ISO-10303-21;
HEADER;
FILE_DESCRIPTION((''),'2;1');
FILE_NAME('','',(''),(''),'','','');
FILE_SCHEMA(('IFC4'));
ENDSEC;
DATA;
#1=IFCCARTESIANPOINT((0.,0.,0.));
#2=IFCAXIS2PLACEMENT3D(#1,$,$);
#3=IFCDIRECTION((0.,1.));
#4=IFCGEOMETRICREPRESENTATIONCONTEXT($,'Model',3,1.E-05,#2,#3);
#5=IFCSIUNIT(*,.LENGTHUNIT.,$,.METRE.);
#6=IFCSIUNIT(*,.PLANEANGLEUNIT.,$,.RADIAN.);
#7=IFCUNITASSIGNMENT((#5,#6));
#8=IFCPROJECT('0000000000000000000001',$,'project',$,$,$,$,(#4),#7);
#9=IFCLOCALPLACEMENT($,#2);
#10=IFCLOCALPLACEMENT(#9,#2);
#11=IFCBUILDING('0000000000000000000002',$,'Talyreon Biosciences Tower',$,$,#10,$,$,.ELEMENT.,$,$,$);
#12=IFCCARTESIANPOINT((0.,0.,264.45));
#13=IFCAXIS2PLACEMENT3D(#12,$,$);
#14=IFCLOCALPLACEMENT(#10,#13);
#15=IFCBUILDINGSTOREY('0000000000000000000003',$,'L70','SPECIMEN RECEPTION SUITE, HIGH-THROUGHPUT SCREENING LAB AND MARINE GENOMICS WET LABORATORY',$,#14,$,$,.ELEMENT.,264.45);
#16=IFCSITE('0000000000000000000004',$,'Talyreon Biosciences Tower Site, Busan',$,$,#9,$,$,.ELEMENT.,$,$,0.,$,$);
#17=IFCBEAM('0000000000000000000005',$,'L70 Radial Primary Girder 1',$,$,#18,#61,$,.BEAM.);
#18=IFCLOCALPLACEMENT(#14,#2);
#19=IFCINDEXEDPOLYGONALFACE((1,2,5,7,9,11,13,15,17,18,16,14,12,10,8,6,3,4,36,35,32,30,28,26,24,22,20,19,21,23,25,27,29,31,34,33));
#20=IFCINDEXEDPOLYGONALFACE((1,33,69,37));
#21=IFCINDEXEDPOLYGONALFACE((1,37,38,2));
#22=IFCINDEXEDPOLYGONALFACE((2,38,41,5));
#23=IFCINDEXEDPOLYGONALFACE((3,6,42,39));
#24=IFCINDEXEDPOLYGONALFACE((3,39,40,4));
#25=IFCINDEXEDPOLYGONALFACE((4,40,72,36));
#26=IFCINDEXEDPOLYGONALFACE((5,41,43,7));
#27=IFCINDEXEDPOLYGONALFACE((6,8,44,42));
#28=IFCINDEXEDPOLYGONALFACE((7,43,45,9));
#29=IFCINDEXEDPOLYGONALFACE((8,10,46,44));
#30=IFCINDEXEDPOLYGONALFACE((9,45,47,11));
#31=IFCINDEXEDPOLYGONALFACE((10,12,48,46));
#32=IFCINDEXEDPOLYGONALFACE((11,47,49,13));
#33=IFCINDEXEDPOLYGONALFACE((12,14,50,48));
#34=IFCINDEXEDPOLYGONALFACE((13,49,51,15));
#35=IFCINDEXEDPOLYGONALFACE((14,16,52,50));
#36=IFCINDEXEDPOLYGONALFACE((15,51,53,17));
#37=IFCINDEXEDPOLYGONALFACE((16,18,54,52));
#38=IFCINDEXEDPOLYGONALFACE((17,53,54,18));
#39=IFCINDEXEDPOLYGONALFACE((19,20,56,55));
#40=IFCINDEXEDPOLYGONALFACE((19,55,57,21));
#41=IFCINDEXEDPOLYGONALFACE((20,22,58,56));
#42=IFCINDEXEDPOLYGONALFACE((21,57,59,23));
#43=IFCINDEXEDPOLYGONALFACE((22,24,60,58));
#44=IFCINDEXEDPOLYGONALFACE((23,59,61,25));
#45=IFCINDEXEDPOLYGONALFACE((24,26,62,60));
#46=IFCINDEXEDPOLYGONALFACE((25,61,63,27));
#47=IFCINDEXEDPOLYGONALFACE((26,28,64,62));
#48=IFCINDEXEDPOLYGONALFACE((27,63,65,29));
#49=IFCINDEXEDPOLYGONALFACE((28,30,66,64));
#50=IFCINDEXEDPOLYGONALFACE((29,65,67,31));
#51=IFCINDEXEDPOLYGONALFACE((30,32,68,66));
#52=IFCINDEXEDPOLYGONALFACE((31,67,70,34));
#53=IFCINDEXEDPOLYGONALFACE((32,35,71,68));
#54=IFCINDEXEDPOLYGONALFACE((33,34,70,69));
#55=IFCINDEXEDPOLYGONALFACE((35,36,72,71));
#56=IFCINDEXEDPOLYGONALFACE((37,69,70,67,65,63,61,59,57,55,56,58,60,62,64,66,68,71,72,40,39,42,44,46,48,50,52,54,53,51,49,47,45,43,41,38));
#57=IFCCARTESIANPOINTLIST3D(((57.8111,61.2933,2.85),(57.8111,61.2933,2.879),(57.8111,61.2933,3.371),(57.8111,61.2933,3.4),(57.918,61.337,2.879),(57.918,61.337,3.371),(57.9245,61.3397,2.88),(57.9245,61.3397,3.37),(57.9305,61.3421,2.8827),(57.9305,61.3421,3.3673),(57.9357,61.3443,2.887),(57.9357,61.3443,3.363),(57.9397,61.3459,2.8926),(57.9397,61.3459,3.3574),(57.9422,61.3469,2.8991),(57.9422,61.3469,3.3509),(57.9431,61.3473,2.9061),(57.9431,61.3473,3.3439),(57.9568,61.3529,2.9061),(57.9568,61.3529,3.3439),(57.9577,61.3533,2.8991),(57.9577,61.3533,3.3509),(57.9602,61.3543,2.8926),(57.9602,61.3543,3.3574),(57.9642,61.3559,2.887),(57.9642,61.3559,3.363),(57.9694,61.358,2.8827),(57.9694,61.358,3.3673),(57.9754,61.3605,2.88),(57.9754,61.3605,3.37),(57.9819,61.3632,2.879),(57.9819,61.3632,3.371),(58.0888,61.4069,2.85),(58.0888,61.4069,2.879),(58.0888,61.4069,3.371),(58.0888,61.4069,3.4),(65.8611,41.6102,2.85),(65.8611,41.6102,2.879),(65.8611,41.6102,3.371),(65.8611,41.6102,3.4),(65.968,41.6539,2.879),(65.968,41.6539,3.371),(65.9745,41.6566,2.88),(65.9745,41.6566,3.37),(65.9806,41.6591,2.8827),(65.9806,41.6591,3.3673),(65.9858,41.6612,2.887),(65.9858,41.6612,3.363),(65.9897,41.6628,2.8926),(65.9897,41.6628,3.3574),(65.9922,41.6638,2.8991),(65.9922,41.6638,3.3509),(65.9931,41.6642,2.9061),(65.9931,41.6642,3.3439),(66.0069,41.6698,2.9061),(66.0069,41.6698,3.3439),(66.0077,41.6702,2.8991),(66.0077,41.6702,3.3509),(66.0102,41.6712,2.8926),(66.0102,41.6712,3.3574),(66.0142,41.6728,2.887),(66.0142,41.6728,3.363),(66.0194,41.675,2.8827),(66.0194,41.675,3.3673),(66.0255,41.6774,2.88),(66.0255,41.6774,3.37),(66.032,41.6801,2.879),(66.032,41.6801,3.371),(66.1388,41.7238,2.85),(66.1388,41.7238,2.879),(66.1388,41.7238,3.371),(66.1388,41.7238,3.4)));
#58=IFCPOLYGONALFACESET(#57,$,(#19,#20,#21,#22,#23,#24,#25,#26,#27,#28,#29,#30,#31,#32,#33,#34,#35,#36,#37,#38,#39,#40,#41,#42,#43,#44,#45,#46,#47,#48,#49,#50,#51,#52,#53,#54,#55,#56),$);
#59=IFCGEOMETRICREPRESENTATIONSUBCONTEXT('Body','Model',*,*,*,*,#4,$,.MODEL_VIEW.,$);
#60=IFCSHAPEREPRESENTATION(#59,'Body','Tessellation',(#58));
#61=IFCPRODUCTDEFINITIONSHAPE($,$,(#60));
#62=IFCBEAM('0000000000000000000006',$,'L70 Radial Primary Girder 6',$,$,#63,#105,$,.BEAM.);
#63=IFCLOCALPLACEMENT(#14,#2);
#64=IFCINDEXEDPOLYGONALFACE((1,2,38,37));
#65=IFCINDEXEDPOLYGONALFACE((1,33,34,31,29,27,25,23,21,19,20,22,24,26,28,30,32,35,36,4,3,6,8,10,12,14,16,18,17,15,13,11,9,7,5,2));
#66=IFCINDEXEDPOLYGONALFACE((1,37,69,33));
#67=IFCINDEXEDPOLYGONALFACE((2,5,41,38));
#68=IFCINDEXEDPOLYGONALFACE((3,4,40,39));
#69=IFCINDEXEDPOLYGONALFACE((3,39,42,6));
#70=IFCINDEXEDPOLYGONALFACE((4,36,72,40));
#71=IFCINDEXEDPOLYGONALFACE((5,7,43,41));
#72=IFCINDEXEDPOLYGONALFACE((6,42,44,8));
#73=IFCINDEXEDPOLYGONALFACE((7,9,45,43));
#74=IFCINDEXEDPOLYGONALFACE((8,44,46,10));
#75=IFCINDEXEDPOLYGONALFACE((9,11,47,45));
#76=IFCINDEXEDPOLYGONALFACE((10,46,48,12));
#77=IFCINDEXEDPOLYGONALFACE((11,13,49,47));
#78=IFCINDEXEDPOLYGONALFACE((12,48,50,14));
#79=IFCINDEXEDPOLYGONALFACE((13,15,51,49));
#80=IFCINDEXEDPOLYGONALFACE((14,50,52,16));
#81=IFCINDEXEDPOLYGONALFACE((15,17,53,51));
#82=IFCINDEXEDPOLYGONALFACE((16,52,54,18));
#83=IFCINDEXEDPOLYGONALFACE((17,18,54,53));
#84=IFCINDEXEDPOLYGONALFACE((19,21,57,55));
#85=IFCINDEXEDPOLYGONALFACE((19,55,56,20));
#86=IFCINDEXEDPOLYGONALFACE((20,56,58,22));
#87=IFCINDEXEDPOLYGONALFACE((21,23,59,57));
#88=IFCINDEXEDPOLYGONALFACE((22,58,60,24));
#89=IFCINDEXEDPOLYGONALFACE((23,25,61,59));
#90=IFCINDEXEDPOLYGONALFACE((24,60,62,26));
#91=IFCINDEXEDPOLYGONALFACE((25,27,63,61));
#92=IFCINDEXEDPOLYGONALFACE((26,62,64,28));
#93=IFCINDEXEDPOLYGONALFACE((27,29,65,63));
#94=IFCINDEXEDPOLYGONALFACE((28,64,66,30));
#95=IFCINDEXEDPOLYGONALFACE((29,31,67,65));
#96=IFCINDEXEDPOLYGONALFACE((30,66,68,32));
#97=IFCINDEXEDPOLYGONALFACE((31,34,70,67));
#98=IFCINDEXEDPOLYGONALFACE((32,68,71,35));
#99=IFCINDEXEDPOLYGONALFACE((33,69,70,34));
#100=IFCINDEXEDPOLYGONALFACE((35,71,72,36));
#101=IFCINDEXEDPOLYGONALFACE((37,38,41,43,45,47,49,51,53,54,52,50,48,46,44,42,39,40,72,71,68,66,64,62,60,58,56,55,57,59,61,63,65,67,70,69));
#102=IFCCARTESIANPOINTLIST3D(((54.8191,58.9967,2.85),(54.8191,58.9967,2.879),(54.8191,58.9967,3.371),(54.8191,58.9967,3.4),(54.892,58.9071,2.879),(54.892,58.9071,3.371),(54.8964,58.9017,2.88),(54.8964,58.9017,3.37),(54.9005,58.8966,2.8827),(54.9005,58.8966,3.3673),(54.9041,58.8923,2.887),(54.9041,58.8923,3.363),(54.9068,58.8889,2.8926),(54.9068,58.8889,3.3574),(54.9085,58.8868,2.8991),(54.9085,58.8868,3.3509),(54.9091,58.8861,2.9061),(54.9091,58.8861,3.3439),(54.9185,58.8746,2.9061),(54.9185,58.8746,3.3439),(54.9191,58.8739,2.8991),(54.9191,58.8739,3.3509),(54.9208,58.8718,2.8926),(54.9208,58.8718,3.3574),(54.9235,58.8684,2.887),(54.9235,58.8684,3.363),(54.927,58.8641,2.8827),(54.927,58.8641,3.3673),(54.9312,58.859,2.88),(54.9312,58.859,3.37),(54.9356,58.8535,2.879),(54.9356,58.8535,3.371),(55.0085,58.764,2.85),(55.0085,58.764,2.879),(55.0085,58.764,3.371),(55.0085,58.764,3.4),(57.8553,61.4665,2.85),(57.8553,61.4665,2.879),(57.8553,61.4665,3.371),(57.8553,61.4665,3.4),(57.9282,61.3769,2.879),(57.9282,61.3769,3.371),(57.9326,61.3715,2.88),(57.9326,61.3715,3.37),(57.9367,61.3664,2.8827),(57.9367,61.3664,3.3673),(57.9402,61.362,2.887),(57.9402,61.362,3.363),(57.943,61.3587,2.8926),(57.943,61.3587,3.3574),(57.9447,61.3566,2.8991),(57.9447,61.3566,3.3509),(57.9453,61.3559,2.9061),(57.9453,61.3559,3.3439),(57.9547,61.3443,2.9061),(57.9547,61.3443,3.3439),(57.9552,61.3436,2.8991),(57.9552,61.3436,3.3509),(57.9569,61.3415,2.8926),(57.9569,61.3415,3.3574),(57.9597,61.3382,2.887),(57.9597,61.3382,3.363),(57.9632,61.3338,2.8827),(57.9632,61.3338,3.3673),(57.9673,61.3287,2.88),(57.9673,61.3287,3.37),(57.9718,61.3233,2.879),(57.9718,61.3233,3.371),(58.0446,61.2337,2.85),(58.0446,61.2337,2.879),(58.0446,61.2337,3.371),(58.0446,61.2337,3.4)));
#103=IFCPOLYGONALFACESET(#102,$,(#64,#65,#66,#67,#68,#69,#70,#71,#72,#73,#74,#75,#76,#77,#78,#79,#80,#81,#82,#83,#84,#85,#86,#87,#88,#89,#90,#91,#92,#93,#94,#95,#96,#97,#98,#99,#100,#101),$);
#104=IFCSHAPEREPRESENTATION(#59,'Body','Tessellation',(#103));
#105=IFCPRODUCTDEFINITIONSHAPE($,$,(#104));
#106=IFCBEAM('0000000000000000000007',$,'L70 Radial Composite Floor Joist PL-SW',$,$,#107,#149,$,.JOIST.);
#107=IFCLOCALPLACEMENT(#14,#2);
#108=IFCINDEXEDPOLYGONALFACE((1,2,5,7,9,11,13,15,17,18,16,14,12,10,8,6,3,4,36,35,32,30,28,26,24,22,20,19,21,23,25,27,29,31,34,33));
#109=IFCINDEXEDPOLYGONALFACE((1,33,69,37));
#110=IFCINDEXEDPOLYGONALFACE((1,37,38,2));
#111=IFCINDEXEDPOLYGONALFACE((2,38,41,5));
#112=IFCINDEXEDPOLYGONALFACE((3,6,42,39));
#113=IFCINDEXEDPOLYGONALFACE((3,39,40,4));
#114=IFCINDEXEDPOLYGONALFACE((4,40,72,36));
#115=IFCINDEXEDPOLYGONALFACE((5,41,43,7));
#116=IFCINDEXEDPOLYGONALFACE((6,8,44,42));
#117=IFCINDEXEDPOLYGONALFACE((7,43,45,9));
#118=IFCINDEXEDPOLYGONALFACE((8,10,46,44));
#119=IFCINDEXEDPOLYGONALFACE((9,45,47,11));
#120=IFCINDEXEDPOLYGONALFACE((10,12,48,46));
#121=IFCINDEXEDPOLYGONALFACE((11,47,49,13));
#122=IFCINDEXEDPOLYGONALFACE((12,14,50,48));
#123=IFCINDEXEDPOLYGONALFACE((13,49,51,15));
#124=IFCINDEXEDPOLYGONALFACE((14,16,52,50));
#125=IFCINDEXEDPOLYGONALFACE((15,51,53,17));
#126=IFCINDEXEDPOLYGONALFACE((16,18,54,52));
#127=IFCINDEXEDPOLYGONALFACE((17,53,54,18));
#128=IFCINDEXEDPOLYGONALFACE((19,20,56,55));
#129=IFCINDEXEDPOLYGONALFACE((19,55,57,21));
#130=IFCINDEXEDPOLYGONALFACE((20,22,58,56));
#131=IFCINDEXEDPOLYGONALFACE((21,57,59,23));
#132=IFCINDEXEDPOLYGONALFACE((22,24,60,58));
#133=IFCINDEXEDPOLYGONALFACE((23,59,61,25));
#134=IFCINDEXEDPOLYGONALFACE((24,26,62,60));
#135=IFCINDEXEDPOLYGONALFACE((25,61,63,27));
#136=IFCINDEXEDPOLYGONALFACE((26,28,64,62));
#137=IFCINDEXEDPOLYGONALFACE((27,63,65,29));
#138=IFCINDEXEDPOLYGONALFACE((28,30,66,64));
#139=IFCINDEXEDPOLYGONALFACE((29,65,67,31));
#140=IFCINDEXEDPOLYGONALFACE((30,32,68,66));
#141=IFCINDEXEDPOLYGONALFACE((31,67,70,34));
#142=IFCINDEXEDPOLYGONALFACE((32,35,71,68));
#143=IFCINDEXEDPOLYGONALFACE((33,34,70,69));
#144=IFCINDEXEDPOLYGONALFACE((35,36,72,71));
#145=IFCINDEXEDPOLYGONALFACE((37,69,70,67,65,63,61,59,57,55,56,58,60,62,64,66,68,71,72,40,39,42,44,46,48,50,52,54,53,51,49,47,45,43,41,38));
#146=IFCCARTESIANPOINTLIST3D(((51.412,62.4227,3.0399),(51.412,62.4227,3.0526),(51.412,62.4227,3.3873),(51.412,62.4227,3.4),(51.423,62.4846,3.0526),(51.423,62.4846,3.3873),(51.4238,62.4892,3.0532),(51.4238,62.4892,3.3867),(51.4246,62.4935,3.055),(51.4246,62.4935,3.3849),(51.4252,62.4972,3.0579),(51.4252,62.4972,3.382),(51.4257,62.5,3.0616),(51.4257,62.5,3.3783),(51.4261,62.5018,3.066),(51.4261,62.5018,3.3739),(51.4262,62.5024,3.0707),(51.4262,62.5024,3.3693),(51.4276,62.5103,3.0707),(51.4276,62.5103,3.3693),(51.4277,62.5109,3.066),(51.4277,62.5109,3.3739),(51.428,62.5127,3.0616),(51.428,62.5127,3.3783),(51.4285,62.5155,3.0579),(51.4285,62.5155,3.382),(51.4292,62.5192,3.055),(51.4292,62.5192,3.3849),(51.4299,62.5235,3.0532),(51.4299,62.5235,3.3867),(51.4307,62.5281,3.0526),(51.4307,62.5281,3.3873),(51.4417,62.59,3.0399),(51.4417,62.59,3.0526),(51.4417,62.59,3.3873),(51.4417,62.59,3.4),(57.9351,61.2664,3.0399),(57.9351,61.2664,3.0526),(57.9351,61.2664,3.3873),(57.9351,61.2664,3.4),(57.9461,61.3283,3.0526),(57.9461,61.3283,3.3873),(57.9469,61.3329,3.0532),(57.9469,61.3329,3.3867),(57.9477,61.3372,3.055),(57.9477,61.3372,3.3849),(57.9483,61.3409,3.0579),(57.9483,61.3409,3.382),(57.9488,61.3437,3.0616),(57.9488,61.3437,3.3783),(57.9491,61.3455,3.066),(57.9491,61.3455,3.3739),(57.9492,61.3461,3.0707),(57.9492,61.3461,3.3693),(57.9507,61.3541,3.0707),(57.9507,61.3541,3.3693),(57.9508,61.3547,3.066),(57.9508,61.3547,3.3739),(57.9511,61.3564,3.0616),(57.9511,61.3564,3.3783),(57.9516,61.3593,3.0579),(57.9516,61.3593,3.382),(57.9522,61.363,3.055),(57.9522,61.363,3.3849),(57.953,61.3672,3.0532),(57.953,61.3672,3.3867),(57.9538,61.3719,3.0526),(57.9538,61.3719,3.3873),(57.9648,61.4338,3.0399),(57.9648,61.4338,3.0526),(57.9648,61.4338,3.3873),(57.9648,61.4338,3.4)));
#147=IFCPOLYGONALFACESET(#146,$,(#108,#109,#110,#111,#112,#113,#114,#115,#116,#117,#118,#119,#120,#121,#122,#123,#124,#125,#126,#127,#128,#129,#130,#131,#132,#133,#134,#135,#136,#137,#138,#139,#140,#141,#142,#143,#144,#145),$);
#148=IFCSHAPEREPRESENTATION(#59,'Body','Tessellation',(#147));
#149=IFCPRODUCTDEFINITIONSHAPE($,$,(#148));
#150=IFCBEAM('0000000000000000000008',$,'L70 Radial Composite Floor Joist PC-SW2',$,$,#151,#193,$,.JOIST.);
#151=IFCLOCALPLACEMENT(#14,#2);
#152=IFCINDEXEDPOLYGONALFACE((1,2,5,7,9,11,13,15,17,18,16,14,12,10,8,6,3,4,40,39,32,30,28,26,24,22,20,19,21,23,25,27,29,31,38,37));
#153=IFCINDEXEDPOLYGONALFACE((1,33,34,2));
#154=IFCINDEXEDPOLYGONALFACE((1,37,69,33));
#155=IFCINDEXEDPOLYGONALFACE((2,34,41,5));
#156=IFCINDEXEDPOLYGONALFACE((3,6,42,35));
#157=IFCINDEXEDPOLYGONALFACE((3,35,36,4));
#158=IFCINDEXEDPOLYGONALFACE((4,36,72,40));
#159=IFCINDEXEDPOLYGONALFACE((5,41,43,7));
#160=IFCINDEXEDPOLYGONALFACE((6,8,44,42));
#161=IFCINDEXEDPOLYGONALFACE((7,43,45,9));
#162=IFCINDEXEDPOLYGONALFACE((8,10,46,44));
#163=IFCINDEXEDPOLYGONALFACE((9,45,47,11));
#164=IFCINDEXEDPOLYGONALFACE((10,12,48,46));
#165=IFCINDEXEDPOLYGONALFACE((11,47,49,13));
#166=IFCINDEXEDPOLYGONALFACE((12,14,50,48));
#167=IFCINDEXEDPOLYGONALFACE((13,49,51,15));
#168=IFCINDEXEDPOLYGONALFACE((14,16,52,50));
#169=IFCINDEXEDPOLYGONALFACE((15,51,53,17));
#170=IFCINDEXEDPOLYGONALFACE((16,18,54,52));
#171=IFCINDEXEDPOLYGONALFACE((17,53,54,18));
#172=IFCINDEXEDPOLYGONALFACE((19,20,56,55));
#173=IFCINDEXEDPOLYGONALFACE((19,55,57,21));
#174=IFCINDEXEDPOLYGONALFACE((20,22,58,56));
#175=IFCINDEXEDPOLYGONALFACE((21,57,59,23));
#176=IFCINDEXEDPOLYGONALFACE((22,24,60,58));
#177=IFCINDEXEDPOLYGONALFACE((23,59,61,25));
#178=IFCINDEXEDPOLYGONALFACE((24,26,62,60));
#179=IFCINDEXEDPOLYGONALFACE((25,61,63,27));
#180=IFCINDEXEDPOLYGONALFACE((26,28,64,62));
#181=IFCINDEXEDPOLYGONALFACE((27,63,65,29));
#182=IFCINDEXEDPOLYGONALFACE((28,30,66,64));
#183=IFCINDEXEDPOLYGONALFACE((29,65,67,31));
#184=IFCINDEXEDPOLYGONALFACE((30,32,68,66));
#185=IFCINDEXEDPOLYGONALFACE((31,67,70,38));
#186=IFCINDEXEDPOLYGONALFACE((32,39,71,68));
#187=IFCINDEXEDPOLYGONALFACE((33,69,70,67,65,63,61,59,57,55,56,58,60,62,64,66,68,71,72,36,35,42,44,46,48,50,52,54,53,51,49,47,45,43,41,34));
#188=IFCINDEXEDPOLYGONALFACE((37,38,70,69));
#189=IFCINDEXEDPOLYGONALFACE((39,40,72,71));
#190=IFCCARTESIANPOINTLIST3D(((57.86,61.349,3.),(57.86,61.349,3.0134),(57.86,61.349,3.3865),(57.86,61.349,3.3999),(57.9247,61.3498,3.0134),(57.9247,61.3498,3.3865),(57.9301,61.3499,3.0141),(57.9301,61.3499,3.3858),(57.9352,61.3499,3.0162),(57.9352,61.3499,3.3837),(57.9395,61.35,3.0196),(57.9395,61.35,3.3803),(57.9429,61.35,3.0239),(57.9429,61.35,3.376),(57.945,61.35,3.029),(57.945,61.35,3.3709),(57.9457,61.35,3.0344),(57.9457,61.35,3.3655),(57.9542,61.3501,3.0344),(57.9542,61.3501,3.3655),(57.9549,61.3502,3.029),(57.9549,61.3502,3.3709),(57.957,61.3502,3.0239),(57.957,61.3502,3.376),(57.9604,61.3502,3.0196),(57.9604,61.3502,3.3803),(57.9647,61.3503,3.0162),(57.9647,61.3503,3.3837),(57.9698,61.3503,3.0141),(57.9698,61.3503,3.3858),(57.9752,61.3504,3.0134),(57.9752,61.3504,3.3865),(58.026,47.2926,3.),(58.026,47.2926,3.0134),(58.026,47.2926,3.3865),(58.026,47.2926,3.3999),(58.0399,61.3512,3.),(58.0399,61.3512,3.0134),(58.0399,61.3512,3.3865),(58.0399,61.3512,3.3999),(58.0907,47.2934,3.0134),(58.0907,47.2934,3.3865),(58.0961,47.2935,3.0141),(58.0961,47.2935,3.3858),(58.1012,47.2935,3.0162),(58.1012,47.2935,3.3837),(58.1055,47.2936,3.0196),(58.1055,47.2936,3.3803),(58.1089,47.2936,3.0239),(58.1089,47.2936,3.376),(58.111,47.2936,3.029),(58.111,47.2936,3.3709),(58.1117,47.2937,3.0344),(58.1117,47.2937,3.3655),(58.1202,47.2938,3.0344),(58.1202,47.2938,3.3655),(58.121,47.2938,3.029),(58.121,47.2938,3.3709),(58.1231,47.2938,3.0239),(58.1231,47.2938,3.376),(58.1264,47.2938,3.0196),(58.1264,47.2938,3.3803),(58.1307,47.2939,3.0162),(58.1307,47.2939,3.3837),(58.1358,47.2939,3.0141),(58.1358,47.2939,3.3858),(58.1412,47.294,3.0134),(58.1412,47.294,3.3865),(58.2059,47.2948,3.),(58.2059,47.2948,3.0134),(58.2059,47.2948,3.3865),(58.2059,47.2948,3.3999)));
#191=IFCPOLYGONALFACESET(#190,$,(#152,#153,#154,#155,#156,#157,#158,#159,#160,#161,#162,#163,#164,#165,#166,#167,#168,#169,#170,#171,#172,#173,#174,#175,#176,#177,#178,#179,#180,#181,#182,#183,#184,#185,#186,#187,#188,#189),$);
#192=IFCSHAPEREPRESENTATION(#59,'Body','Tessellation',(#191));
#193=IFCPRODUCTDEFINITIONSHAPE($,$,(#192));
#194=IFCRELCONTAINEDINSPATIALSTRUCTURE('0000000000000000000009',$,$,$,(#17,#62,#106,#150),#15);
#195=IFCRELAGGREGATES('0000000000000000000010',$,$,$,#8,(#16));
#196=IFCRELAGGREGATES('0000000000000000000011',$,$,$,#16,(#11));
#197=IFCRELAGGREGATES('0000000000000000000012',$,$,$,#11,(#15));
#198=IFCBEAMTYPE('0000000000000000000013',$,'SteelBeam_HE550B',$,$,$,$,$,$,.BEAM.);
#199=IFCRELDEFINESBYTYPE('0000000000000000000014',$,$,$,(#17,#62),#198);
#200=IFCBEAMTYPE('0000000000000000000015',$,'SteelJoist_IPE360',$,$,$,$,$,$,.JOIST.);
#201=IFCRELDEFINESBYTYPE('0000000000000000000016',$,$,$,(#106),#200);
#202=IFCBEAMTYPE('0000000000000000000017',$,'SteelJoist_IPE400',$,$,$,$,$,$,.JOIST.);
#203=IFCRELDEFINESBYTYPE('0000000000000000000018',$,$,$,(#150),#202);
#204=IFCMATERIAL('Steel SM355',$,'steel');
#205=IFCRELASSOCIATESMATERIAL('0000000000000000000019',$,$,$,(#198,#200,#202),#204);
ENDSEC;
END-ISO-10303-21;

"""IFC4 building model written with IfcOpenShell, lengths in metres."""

from ifc_helpers import new_model, si_unit, direction, frame, origin, origin_2d, place, context, subcontext, project, spatial, i_section, extrude, material, material_profile, profile_set, type_object, element, save


model = new_model("IFC4")

# Units and contexts
model_context = context("Model", 3, precision=1e-05, world=origin(), true_north=direction((0.0, 1.0)))
body_context = subcontext(model_context, "Body", "Model", "MODEL_VIEW")
ifc_project = project(units=[si_unit("LENGTHUNIT", "METRE"), si_unit("PLANEANGLEUNIT", "RADIAN")], contexts=[model_context])

# Site, building, storey
site_placement = place(None, origin())
site = spatial("IfcSite", under=ifc_project, at=site_placement, Name="Talyreon Biosciences Tower Site, Busan", CompositionType="ELEMENT", RefElevation=0.0)
building_placement = place(site_placement, origin())
building = spatial("IfcBuilding", under=site, at=building_placement, Name="Talyreon Biosciences Tower", CompositionType="ELEMENT")
storey_placement = place(building_placement, frame((0.0, 0.0, 264.45)))
storey = spatial("IfcBuildingStorey", under=building, at=storey_placement, Name="L70", Description="SPECIMEN RECEPTION SUITE, HIGH-THROUGHPUT SCREENING LAB AND MARINE GENOMICS WET LABORATORY", CompositionType="ELEMENT", Elevation=264.45)

# Beams
ifc_material_1 = material(Name="Steel SM355", Category="steel")
ifc_material_profile_1 = material_profile(ifc_material_1, i_section(OverallWidth=0.3, OverallDepth=0.55, WebThickness=0.0149, FlangeThickness=0.0291, FilletRadius=0.0271, at=origin_2d()), Name="HE550B")
ifc_profile_set_1 = profile_set([ifc_material_profile_1], Name="Steel SM355")
beam_type_1 = type_object("IfcBeamType", Name="SteelBeam_HE550B", PredefinedType="BEAM", material=ifc_profile_set_1)
beam_1_placement = place(storey_placement, frame((57.95, 61.3501, 3.125), z_axis=(0.378547, -0.925582, 0.0), x_axis=(0.925582, 0.378547, 0.0)))
element("IfcBeam", 1, at=beam_1_placement, inside=storey, type_object=beam_type_1, Name="L70 Radial Primary Girder 1", PredefinedType="BEAM", context=body_context, shape_type="SweptSolid", body=[
    extrude(i_section(OverallWidth=0.3, OverallDepth=0.55, WebThickness=0.0149, FlangeThickness=0.0291, FilletRadius=0.0271, at=origin_2d()), origin(), (0.0, 0.0, 1.0), 21.2656),
])
beam_2_placement = place(storey_placement, frame((57.95, 61.3501, 3.125), z_axis=(-0.775755, -0.631034, 0.0), x_axis=(0.631034, -0.775755, 0.0)))
element("IfcBeam", 2, at=beam_2_placement, inside=storey, type_object=beam_type_1, Name="L70 Radial Primary Girder 6", PredefinedType="BEAM", context=body_context, shape_type="SweptSolid", body=[
    extrude(i_section(OverallWidth=0.3, OverallDepth=0.55, WebThickness=0.0149, FlangeThickness=0.0291, FilletRadius=0.0271, at=origin_2d()), origin(), (0.0, 0.0, 1.0), 3.9138),
])
ifc_material_profile_2 = material_profile(ifc_material_1, i_section(OverallWidth=0.1699, OverallDepth=0.3601, WebThickness=0.0081, FlangeThickness=0.0127, FilletRadius=0.0181, at=origin_2d()), Name="IPE360")
ifc_profile_set_2 = profile_set([ifc_material_profile_2], Name="Steel SM355")
beam_type_2 = type_object("IfcBeamType", Name="SteelJoist_IPE360", PredefinedType="JOIST", material=ifc_profile_set_2)
beam_3_placement = place(storey_placement, frame((57.95, 61.3501, 3.22), z_axis=(-0.984652, 0.174532, 0.0), x_axis=(-0.174532, -0.984652, 0.0)))
element("IfcBeam", 3, at=beam_3_placement, inside=storey, type_object=beam_type_2, Name="L70 Radial Composite Floor Joist PL-SW", PredefinedType="JOIST", context=body_context, shape_type="SweptSolid", body=[
    extrude(i_section(OverallWidth=0.1699, OverallDepth=0.3601, WebThickness=0.0081, FlangeThickness=0.0127, FilletRadius=0.0181, at=origin_2d()), origin(), (0.0, 0.0, 1.0), 6.6248),
])
ifc_material_profile_3 = material_profile(ifc_material_1, i_section(OverallWidth=0.1799, OverallDepth=0.3999, WebThickness=0.0085, FlangeThickness=0.0134, FilletRadius=0.021, at=origin_2d()), Name="IPE400")
ifc_profile_set_3 = profile_set([ifc_material_profile_3], Name="Steel SM355")
beam_type_3 = type_object("IfcBeamType", Name="SteelJoist_IPE400", PredefinedType="JOIST", material=ifc_profile_set_3)
beam_4_placement = place(storey_placement, frame((57.95, 61.3501, 3.2), z_axis=(0.01181, -0.99993, 0.0), x_axis=(0.99993, 0.01181, 0.0)))
element("IfcBeam", 4, at=beam_4_placement, inside=storey, type_object=beam_type_3, Name="L70 Radial Composite Floor Joist PC-SW2", PredefinedType="JOIST", context=body_context, shape_type="SweptSolid", body=[
    extrude(i_section(OverallWidth=0.1799, OverallDepth=0.3999, WebThickness=0.0085, FlangeThickness=0.0134, FilletRadius=0.021, at=origin_2d()), origin(), (0.0, 0.0, 1.0), 14.0574),
])

save(model, "model.ifc")
